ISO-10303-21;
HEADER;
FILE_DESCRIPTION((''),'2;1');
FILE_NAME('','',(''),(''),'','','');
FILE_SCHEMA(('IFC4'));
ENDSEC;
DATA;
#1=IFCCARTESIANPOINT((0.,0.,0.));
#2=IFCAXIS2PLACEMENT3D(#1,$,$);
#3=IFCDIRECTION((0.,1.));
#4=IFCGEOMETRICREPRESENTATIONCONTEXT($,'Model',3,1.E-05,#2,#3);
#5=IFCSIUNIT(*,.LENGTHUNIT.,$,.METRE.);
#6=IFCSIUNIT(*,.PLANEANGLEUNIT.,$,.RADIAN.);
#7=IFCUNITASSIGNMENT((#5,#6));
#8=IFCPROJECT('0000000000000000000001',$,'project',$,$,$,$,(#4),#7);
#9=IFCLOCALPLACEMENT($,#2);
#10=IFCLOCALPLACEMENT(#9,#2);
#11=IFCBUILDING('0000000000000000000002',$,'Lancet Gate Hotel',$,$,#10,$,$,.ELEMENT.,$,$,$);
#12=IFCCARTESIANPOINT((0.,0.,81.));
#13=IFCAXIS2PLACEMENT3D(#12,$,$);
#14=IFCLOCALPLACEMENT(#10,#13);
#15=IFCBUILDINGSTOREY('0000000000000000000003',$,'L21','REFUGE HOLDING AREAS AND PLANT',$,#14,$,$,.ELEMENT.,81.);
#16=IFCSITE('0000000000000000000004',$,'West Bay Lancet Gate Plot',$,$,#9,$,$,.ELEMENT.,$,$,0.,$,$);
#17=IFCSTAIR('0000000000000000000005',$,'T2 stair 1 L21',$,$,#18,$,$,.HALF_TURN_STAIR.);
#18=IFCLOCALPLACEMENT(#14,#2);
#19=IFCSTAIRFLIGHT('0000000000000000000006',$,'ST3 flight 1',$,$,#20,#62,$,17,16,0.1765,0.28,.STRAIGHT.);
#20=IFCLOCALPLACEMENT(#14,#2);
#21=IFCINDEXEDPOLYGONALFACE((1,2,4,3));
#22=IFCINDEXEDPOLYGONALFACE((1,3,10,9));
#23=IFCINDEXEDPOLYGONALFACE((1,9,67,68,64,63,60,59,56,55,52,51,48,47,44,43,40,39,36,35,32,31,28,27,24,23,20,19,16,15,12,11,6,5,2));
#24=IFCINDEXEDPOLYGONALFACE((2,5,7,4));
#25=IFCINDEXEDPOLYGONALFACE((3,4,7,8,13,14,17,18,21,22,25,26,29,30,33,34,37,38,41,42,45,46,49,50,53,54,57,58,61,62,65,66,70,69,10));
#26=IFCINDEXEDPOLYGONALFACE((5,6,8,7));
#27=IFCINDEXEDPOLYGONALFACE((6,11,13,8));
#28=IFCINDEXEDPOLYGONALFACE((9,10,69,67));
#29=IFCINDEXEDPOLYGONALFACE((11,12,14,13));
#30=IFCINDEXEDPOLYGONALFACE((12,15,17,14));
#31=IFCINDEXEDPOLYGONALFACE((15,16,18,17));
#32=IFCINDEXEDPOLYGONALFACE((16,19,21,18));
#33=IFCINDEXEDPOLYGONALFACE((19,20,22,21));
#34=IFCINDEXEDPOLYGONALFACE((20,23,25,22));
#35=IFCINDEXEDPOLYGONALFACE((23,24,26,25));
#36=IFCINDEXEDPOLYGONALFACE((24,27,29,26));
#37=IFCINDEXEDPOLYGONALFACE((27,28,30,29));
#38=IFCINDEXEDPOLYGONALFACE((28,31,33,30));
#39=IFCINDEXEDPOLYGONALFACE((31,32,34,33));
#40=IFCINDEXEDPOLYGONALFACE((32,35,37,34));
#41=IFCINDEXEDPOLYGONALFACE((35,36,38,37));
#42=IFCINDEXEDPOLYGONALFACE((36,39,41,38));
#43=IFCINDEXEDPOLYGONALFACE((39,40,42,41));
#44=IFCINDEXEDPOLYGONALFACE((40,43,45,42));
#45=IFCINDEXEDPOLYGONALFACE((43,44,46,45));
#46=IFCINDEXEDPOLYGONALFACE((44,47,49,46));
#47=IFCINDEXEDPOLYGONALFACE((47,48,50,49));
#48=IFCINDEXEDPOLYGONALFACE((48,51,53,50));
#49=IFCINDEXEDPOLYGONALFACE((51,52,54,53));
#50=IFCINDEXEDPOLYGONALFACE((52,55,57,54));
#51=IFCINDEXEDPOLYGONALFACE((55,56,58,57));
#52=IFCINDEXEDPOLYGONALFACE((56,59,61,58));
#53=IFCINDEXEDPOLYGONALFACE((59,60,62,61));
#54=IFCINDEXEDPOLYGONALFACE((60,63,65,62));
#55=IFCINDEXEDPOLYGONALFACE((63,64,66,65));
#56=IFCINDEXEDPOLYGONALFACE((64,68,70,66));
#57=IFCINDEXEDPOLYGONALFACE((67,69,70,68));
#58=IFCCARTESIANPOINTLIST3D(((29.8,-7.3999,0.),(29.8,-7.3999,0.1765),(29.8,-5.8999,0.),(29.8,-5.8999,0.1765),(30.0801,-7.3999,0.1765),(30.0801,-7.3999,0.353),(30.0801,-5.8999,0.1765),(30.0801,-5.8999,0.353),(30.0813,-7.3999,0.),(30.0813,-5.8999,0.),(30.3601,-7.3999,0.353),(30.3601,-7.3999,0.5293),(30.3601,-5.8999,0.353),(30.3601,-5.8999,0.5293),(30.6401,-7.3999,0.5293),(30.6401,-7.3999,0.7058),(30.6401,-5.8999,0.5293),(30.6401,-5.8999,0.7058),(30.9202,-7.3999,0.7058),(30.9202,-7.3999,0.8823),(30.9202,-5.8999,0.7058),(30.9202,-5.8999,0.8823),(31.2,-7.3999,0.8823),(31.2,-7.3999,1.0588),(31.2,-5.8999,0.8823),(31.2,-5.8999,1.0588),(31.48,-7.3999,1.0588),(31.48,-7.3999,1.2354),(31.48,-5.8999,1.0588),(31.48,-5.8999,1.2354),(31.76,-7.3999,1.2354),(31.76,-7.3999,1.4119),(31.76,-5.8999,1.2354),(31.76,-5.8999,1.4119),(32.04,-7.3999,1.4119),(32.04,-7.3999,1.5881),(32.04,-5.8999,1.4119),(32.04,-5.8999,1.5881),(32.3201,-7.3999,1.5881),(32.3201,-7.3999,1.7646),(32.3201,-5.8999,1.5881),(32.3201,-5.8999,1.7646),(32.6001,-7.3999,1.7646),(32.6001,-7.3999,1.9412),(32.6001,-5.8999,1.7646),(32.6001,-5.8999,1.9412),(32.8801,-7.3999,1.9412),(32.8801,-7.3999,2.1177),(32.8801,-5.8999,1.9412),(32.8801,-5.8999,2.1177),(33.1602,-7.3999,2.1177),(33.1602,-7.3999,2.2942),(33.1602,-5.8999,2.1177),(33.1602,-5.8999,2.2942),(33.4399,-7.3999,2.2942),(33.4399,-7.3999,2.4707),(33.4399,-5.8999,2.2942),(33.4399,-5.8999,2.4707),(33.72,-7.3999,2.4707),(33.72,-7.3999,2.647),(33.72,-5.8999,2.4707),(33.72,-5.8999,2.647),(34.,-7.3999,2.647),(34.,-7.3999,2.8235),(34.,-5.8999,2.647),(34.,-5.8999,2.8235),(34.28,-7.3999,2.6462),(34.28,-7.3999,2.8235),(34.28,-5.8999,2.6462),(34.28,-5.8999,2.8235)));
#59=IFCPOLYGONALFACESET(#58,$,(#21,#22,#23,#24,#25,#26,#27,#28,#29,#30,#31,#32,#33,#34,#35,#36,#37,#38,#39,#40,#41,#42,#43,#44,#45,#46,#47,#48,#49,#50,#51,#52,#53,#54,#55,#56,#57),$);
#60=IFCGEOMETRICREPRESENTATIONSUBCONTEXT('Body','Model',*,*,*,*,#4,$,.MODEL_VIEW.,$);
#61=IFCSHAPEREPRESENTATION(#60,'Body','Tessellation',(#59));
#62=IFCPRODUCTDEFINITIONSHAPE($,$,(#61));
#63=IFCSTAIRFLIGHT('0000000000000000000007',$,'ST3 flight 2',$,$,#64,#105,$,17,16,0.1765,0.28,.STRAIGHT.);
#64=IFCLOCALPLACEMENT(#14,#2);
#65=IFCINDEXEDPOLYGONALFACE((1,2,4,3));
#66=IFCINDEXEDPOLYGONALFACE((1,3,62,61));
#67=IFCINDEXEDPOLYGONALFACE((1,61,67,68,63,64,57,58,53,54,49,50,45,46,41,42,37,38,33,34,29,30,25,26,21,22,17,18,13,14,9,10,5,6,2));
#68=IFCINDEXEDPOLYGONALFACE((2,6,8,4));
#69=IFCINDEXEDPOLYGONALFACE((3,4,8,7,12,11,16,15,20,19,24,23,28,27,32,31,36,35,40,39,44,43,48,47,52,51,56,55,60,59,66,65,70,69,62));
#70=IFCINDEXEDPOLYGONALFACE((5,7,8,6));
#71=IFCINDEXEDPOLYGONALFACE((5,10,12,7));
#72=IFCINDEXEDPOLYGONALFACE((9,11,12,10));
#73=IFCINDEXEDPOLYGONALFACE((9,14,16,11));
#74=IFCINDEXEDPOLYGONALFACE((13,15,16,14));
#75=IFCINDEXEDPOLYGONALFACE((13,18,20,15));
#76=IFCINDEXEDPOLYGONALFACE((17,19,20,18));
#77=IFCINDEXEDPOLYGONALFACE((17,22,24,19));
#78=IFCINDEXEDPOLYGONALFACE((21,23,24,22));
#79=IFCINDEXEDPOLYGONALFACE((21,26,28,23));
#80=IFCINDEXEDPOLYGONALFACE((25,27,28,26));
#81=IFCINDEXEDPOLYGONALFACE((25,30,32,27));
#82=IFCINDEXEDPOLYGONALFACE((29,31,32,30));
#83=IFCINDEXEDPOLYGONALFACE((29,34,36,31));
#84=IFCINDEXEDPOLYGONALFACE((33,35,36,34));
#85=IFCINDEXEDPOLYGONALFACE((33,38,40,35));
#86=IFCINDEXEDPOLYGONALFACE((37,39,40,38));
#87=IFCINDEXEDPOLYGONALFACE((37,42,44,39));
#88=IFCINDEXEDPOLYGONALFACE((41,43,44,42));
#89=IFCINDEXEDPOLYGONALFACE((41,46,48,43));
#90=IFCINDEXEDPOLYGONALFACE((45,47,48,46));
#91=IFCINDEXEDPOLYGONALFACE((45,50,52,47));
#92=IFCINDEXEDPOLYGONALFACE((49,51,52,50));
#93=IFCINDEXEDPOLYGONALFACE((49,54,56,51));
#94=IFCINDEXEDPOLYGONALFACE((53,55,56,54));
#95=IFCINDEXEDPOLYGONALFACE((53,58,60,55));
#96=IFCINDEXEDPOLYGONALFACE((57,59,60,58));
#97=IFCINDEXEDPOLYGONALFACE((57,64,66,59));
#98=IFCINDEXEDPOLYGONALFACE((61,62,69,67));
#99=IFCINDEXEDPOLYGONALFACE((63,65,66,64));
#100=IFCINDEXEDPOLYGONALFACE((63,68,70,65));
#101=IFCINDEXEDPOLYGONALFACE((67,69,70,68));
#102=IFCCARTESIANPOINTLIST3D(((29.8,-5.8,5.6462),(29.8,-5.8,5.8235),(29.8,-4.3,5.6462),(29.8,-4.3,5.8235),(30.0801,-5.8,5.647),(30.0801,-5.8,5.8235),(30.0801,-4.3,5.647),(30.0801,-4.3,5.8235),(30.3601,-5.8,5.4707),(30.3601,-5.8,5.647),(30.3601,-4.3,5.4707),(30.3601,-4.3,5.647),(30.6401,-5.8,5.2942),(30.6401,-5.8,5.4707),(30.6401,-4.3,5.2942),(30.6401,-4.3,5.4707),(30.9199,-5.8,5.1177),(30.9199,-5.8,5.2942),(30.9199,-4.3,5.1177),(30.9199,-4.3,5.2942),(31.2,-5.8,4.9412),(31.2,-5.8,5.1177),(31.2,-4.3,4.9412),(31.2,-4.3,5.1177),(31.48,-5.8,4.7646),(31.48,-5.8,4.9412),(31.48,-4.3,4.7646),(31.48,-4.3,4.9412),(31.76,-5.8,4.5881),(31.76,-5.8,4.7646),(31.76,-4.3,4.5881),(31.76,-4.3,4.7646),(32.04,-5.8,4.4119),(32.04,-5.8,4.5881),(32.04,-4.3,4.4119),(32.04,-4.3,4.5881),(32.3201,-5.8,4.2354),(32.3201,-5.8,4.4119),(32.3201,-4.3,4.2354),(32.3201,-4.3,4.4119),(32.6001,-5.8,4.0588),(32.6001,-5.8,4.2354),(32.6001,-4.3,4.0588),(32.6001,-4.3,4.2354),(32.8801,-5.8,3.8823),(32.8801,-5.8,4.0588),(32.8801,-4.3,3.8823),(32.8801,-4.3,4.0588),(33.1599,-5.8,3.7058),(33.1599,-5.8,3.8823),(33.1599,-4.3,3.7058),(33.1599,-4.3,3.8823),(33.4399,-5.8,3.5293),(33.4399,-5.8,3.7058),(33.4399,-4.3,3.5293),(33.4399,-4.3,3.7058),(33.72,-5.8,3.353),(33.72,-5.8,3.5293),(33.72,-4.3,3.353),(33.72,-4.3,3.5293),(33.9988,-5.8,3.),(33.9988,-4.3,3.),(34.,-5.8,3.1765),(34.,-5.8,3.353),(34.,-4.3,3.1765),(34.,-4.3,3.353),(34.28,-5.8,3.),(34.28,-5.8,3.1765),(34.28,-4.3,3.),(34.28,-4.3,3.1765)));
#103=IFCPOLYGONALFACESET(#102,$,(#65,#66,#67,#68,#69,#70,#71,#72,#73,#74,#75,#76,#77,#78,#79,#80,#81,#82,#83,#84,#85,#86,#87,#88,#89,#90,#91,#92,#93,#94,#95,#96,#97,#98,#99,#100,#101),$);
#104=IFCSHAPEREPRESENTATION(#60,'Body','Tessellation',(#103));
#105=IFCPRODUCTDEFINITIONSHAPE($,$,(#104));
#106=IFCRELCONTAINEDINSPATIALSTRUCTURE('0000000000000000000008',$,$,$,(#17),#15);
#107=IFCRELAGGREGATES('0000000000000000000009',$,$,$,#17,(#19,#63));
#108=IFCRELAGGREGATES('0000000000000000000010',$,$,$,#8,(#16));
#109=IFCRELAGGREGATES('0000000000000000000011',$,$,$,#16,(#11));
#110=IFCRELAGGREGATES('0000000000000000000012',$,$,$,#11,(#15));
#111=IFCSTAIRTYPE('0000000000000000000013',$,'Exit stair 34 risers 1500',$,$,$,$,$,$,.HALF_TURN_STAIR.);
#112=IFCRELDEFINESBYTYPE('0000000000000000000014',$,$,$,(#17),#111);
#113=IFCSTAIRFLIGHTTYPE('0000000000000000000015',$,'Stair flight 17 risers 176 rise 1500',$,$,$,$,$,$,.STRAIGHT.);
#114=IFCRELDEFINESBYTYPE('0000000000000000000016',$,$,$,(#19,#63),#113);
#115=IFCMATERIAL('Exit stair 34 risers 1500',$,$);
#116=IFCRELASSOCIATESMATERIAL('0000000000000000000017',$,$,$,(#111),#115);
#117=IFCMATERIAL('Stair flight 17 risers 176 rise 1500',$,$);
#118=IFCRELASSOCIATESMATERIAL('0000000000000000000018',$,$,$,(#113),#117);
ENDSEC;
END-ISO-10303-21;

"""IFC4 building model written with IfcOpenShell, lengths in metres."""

from ifc_helpers import new_model, si_unit, direction, frame, origin, place, context, subcontext, project, spatial, polyline, outline, extrude, material, type_object, element, aggregate, save


model = new_model("IFC4")

# Units and contexts
model_context = context("Model", 3, precision=1e-05, world=origin(), true_north=direction((0.0, 1.0)))
body_context = subcontext(model_context, "Body", "Model", "MODEL_VIEW")
ifc_project = project(units=[si_unit("LENGTHUNIT", "METRE"), si_unit("PLANEANGLEUNIT", "RADIAN")], contexts=[model_context])

# Site, building, storey
site_placement = place(None, origin())
site = spatial("IfcSite", under=ifc_project, at=site_placement, Name="West Bay Lancet Gate Plot", CompositionType="ELEMENT", RefElevation=0.0)
building_placement = place(site_placement, origin())
building = spatial("IfcBuilding", under=site, at=building_placement, Name="Lancet Gate Hotel", CompositionType="ELEMENT")
storey_placement = place(building_placement, frame((0.0, 0.0, 81.0)))
storey = spatial("IfcBuildingStorey", under=building, at=storey_placement, Name="L21", Description="REFUGE HOLDING AREAS AND PLANT", CompositionType="ELEMENT", Elevation=81.0)

# Stair, stair flights
ifc_material_1 = material(Name="Exit stair 34 risers 1500")
stair_type = type_object("IfcStairType", Name="Exit stair 34 risers 1500", PredefinedType="HALF_TURN_STAIR", material=ifc_material_1)
stair_placement = place(storey_placement, origin())
stair = element("IfcStair", 1, at=stair_placement, inside=storey, type_object=stair_type, Name="T2 stair 1 L21", PredefinedType="HALF_TURN_STAIR")
ifc_material_2 = material(Name="Stair flight 17 risers 176 rise 1500")
stair_flight_type = type_object("IfcStairFlightType", Name="Stair flight 17 risers 176 rise 1500", PredefinedType="STRAIGHT", material=ifc_material_2)
stair_flight_1_placement = place(storey_placement, frame((29.8, -6.6499, 0.0), z_axis=(0.0, 0.0, 1.0), x_axis=(1.0, 0.0, 0.0)))
stair_flight_1 = element("IfcStairFlight", 2, at=stair_flight_1_placement, type_object=stair_flight_type, Name="ST3 flight 1", NumberOfRisers=17, NumberOfTreads=16, PredefinedType="STRAIGHT", RiserHeight=0.1765, TreadLength=0.28, context=body_context, shape_type="SweptSolid", body=[
    extrude(outline(polyline([(0.0, 0.0), (0.0, 0.1765), (0.28, 0.1765), (0.28, 0.353), (0.5601, 0.353), (0.5601, 0.5293), (0.8401, 0.5293), (0.8401, 0.7058), (1.1201, 0.7058), (1.1201, 0.8823), (1.3999, 0.8823), (1.3999, 1.0588), (1.6799, 1.0588), (1.6799, 1.2354), (1.96, 1.2354), (1.96, 1.4119), (2.24, 1.4119), (2.24, 1.5881), (2.52, 1.5881), (2.52, 1.7646), (2.8, 1.7646), (2.8, 1.9412), (3.0801, 1.9412), (3.0801, 2.1177), (3.3601, 2.1177), (3.3601, 2.2942), (3.6399, 2.2942), (3.6399, 2.4707), (3.9199, 2.4707), (3.9199, 2.647), (4.2, 2.647), (4.2, 2.8235), (4.48, 2.8235), (4.48, 3.0), (4.48, 2.6462), (0.2812, 0.0), (0.0, 0.0)])), frame((0.0, 0.75, 0.0), z_axis=(0.0, -1.0, 0.0), x_axis=(1.0, 0.0, 0.0)), (0.0, 0.0, 1.0), 1.5),
])
stair_flight_2_placement = place(storey_placement, frame((34.28, -5.05, 3.0), z_axis=(0.0, 0.0, 1.0), x_axis=(-1.0, 0.0, 0.0)))
stair_flight_2 = element("IfcStairFlight", 3, at=stair_flight_2_placement, type_object=stair_flight_type, Name="ST3 flight 2", NumberOfRisers=17, NumberOfTreads=16, PredefinedType="STRAIGHT", RiserHeight=0.1765, TreadLength=0.28, context=body_context, shape_type="SweptSolid", body=[
    extrude(outline(polyline([(0.0, 0.0), (0.0, 0.1765), (0.28, 0.1765), (0.28, 0.353), (0.5601, 0.353), (0.5601, 0.5293), (0.8401, 0.5293), (0.8401, 0.7058), (1.1201, 0.7058), (1.1201, 0.8823), (1.3999, 0.8823), (1.3999, 1.0588), (1.6799, 1.0588), (1.6799, 1.2354), (1.96, 1.2354), (1.96, 1.4119), (2.24, 1.4119), (2.24, 1.5881), (2.52, 1.5881), (2.52, 1.7646), (2.8, 1.7646), (2.8, 1.9412), (3.0801, 1.9412), (3.0801, 2.1177), (3.3601, 2.1177), (3.3601, 2.2942), (3.6399, 2.2942), (3.6399, 2.4707), (3.9199, 2.4707), (3.9199, 2.647), (4.2, 2.647), (4.2, 2.8235), (4.48, 2.8235), (4.48, 3.0), (4.48, 2.6462), (0.2812, 0.0), (0.0, 0.0)])), frame((0.0, 0.75, 0.0), z_axis=(0.0, -1.0, 0.0), x_axis=(1.0, 0.0, 0.0)), (0.0, 0.0, 1.0), 1.5),
])
aggregate(stair, [stair_flight_1, stair_flight_2])

save(model, "model.ifc")
